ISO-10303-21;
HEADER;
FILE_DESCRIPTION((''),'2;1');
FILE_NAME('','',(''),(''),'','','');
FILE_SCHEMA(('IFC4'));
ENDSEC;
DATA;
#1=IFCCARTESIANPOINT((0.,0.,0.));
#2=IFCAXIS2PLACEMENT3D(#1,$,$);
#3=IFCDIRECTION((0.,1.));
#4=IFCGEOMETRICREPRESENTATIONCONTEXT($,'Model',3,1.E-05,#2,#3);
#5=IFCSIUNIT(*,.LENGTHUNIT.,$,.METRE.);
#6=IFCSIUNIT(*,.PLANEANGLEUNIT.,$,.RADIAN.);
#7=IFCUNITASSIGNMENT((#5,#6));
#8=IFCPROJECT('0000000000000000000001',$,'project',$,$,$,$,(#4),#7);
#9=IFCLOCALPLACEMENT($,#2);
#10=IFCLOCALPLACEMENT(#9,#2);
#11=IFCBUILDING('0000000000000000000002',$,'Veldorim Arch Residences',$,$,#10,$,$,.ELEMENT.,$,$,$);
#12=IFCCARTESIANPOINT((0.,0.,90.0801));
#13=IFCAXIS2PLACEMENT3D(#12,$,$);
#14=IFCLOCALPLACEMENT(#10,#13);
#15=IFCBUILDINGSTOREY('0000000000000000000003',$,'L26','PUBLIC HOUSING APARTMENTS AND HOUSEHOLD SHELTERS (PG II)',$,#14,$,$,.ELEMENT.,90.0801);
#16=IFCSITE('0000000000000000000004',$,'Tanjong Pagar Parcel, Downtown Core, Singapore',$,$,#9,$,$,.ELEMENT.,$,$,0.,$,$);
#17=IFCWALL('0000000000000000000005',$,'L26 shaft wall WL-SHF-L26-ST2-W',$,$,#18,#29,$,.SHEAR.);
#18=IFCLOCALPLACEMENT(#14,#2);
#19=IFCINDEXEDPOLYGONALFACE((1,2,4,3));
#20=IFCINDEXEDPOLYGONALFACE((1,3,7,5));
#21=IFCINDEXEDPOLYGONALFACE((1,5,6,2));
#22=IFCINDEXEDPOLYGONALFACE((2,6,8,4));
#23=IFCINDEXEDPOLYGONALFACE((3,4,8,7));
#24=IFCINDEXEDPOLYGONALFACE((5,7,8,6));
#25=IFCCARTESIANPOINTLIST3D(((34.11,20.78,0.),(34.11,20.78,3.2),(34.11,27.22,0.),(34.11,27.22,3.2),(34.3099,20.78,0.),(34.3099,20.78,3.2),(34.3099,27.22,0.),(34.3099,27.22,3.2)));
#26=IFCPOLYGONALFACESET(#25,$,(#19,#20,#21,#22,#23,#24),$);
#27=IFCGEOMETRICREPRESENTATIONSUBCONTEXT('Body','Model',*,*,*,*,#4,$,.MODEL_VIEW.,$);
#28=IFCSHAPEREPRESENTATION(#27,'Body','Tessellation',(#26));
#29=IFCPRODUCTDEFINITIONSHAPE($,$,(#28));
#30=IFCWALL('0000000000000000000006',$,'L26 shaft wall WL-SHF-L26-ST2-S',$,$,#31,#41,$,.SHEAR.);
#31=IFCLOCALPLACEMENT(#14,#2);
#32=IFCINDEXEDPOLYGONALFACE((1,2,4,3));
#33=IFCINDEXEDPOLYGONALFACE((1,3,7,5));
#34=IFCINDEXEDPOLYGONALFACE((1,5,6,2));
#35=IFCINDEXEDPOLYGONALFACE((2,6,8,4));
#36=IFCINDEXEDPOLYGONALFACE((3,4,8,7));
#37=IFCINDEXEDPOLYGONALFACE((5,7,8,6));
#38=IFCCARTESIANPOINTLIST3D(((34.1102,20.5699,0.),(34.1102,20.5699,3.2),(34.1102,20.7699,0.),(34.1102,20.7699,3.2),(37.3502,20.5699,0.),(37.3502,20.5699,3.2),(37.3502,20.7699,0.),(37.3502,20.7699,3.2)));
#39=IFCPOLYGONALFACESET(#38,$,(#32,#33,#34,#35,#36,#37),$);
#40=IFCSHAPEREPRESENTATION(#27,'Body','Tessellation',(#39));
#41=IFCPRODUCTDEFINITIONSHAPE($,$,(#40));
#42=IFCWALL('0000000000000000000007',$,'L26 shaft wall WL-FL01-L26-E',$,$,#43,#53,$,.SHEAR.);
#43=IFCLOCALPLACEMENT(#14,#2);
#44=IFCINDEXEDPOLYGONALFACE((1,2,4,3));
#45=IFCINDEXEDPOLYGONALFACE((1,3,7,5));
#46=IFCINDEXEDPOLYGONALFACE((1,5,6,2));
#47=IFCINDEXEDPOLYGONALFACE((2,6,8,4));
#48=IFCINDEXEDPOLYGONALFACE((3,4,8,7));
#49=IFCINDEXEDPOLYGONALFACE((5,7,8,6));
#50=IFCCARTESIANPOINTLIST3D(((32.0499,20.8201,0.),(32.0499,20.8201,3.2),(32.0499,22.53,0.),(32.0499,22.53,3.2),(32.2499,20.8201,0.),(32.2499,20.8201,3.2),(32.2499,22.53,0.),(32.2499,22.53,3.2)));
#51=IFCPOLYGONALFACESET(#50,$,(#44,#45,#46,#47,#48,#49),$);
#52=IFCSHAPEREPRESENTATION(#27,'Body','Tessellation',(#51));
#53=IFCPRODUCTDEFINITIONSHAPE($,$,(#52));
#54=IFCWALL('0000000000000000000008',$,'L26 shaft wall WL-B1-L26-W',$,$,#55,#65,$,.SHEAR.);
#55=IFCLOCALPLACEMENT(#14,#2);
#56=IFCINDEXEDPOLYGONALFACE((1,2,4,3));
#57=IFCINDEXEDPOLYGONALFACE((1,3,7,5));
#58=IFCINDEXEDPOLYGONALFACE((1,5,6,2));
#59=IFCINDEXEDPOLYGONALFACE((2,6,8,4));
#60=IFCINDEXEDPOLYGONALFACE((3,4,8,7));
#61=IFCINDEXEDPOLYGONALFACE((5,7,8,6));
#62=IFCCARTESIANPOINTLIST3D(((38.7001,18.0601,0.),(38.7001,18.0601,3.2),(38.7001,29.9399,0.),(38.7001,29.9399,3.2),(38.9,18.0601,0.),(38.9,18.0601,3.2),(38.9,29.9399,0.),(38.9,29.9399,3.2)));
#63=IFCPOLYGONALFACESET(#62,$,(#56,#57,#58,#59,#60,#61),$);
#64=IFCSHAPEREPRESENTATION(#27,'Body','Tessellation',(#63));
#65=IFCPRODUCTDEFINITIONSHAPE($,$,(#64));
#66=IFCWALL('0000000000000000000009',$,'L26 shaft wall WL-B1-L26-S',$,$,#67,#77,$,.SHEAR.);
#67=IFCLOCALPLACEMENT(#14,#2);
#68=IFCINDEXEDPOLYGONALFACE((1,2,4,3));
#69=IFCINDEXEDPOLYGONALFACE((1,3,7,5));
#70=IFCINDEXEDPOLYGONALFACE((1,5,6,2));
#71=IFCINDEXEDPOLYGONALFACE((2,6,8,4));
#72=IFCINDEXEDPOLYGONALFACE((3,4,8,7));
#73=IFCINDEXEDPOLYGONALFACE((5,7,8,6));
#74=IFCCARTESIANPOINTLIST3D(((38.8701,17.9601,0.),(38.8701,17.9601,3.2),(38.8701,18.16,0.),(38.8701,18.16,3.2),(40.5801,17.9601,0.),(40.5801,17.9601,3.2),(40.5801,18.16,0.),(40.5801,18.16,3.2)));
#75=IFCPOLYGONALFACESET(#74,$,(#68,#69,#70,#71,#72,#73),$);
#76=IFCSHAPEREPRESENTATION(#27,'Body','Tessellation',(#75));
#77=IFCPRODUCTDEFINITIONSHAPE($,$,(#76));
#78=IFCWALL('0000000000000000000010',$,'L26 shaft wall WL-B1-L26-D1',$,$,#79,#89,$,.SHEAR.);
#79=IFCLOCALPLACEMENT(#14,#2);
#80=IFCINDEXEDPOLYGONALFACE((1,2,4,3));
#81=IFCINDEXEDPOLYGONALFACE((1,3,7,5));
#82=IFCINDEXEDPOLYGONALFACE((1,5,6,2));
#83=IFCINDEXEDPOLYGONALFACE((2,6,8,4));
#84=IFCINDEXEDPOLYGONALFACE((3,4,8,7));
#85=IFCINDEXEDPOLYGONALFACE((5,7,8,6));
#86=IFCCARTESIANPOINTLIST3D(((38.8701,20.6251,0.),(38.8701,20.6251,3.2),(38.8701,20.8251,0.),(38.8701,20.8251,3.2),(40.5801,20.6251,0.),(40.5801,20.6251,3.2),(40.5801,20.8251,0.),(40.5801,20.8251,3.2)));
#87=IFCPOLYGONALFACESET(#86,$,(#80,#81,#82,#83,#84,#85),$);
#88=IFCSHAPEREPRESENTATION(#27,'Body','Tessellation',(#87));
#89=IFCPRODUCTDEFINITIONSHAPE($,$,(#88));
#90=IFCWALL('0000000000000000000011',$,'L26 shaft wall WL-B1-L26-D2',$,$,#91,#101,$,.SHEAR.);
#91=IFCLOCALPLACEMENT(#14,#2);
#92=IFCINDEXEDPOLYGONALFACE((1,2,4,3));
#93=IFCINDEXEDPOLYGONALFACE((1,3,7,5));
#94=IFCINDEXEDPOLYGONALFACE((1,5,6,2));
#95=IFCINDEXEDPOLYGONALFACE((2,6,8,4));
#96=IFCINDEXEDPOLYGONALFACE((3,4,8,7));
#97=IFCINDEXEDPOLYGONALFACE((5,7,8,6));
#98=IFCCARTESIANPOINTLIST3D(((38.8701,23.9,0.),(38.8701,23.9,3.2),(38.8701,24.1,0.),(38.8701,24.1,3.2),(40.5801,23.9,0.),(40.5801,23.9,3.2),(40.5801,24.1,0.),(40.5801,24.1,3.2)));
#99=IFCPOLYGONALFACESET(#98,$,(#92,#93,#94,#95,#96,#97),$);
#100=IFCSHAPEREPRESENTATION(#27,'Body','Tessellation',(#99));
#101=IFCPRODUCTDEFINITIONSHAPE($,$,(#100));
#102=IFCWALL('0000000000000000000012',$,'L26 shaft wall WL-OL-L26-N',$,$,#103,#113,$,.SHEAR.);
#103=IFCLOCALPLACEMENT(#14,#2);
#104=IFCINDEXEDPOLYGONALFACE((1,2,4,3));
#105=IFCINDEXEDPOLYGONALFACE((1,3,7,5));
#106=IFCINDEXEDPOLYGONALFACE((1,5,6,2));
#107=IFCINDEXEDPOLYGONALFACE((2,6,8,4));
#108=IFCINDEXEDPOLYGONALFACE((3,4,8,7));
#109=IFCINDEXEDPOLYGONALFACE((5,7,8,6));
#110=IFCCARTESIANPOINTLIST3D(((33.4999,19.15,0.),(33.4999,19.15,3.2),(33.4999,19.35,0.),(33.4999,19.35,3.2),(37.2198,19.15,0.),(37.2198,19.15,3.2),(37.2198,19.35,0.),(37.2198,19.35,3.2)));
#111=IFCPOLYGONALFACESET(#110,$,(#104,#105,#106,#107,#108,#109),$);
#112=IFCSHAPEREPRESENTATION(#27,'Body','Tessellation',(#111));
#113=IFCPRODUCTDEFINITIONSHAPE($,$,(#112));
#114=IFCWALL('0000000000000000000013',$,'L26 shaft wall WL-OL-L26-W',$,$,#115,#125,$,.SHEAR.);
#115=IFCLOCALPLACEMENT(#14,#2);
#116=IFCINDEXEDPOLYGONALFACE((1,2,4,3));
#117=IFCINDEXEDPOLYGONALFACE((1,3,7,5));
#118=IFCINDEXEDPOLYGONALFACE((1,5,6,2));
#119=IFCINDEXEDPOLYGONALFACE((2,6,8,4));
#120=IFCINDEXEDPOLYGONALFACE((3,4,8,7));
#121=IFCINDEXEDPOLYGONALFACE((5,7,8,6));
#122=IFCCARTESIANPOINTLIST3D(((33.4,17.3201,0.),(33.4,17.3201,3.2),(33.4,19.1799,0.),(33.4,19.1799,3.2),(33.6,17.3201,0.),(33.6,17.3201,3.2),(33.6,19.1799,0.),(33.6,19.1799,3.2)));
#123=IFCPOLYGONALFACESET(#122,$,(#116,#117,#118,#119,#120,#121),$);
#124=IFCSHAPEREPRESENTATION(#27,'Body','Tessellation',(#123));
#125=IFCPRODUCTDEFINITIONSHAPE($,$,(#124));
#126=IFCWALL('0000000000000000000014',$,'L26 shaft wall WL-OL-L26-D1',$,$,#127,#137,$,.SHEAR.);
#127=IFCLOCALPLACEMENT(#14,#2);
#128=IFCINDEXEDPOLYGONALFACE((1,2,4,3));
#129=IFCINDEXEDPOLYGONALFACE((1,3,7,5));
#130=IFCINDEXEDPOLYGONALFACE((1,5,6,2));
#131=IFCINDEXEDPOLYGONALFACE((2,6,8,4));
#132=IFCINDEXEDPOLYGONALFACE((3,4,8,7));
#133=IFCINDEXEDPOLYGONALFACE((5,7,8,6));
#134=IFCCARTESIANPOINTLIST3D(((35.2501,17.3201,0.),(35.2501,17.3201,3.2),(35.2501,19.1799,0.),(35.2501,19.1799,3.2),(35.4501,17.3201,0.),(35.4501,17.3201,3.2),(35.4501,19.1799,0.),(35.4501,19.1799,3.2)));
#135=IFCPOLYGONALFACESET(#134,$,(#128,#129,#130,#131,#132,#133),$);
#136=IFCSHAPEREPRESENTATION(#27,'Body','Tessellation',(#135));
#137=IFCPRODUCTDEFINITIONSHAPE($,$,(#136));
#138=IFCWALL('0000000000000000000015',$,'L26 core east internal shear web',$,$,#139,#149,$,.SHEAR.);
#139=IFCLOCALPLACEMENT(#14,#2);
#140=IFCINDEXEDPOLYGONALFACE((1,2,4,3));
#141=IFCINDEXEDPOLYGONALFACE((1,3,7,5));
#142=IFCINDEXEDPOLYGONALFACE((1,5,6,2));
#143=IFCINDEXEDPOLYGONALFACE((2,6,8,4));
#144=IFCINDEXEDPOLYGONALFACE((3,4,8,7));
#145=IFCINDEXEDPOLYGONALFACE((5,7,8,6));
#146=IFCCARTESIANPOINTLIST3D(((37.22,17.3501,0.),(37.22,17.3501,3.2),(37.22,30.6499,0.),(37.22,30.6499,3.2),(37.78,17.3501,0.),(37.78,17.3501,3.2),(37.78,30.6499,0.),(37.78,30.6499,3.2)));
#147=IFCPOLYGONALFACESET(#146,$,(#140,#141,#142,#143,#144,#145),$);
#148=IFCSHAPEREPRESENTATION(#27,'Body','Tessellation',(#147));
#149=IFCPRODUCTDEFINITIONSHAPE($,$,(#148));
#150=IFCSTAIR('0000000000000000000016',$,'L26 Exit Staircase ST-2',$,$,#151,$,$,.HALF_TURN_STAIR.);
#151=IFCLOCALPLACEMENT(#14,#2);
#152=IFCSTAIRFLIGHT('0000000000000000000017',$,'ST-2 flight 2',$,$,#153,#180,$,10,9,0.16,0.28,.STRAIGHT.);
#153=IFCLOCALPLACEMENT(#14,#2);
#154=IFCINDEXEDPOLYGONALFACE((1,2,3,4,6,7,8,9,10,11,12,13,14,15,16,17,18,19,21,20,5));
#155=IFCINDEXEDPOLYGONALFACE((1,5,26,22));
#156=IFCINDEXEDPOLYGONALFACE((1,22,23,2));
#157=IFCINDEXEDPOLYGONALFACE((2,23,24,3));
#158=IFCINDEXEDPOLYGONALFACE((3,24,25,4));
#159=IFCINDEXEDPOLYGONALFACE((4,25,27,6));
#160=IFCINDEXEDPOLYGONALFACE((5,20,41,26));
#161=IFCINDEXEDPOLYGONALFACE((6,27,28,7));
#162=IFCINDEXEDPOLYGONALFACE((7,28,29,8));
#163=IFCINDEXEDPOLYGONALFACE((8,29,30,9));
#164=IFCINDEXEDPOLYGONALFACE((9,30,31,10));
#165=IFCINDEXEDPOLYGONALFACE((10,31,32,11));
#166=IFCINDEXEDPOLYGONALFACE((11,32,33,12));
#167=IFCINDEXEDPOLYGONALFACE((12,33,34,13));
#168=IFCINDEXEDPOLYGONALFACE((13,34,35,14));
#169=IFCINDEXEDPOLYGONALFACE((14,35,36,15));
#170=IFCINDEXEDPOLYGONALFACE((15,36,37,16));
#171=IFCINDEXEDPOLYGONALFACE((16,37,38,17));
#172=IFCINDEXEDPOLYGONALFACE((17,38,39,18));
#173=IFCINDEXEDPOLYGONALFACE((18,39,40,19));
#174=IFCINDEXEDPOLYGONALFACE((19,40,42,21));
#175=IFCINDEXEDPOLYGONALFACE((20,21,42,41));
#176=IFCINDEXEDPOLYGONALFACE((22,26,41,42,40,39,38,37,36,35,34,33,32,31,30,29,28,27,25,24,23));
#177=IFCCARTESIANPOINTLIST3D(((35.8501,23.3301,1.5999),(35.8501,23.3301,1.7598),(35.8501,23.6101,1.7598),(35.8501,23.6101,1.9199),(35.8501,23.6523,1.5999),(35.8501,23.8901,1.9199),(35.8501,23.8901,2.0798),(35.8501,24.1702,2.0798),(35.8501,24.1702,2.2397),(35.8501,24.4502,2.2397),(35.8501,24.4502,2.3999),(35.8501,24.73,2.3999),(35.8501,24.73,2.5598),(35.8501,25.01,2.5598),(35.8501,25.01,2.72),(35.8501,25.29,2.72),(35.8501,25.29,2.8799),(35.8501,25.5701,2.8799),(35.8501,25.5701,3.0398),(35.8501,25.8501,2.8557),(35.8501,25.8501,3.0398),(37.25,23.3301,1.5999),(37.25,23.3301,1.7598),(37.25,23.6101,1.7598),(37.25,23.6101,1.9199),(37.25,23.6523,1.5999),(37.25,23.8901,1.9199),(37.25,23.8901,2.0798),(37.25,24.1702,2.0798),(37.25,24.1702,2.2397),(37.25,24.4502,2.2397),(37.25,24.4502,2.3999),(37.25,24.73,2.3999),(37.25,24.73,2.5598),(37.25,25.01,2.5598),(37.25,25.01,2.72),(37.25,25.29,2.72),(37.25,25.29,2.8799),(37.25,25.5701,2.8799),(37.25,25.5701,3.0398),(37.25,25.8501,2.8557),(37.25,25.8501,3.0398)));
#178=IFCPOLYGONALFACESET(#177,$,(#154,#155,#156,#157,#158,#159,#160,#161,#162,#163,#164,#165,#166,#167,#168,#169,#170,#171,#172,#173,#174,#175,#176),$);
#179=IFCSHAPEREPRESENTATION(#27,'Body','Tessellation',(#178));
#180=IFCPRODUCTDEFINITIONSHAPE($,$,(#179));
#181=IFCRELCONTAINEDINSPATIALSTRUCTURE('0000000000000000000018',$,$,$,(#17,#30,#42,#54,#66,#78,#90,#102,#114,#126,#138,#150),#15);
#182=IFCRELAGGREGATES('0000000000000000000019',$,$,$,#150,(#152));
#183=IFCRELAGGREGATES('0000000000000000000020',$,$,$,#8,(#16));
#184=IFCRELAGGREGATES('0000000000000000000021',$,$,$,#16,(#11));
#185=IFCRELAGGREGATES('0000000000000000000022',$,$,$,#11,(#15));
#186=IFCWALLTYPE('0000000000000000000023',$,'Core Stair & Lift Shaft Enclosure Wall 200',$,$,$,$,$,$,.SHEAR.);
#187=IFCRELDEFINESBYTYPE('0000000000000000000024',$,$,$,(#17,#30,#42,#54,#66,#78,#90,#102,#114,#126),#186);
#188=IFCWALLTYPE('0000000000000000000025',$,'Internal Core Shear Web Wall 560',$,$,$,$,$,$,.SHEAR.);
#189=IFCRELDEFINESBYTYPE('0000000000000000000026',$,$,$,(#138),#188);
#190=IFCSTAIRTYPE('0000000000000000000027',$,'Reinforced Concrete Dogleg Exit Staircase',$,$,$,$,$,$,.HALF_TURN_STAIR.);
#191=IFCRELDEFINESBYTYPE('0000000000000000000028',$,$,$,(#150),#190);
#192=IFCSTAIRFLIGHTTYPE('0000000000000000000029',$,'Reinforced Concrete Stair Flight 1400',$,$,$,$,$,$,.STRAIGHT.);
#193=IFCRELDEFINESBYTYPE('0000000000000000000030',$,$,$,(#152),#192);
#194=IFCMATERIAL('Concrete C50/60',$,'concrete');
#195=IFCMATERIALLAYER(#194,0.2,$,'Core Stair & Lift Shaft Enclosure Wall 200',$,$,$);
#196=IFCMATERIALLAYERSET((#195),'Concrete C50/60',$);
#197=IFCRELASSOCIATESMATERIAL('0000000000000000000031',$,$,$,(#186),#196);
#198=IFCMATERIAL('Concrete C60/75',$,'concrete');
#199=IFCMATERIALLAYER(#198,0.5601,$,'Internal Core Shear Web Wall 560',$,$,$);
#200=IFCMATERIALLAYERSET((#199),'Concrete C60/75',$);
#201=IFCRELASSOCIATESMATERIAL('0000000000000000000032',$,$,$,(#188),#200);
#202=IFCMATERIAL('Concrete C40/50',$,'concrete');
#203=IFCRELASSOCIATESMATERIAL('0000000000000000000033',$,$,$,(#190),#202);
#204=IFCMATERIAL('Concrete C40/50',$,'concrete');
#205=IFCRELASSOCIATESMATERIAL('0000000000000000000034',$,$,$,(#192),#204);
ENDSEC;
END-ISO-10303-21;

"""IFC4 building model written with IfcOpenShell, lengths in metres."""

from ifc_helpers import new_model, si_unit, direction, frame, frame_2d, origin, place, context, subcontext, project, spatial, polyline, rectangle, outline, extrude, material, layer, layer_set, type_object, element, aggregate, save


model = new_model("IFC4")

# Units and contexts
model_context = context("Model", 3, precision=1e-05, world=origin(), true_north=direction((0.0, 1.0)))
body_context = subcontext(model_context, "Body", "Model", "MODEL_VIEW")
ifc_project = project(units=[si_unit("LENGTHUNIT", "METRE"), si_unit("PLANEANGLEUNIT", "RADIAN")], contexts=[model_context])

# Site, building, storey
site_placement = place(None, origin())
site = spatial("IfcSite", under=ifc_project, at=site_placement, Name="Tanjong Pagar Parcel, Downtown Core, Singapore", CompositionType="ELEMENT", RefElevation=0.0)
building_placement = place(site_placement, origin())
building = spatial("IfcBuilding", under=site, at=building_placement, Name="Veldorim Arch Residences", CompositionType="ELEMENT")
storey_placement = place(building_placement, frame((0.0, 0.0, 90.0801)))
storey = spatial("IfcBuildingStorey", under=building, at=storey_placement, Name="L26", Description="PUBLIC HOUSING APARTMENTS AND HOUSEHOLD SHELTERS (PG II)", CompositionType="ELEMENT", Elevation=90.0801)

# Walls
ifc_material_1 = material(Name="Concrete C50/60", Category="concrete")
ifc_layer_1 = layer(ifc_material_1, 0.2, Name="Core Stair & Lift Shaft Enclosure Wall 200")
ifc_layer_set_1 = layer_set([ifc_layer_1], Name="Concrete C50/60")
wall_type_1 = type_object("IfcWallType", Name="Core Stair & Lift Shaft Enclosure Wall 200", PredefinedType="SHEAR", material=ifc_layer_set_1)
wall_1_placement = place(storey_placement, frame((34.21, 20.78, 0.0), z_axis=(0.0, 0.0, 1.0), x_axis=(0.0, 1.0, 0.0)))
element("IfcWall", 1, at=wall_1_placement, inside=storey, type_object=wall_type_1, Name="L26 shaft wall WL-SHF-L26-ST2-W", PredefinedType="SHEAR", context=body_context, shape_type="SweptSolid", body=[
    extrude(rectangle(XDim=6.4399, YDim=0.2, at=frame_2d((3.22, 0.0))), origin(), (0.0, 0.0, 1.0), 3.2),
])
wall_2_placement = place(storey_placement, frame((34.1101, 20.6699, 0.0), z_axis=(0.0, 0.0, 1.0), x_axis=(1.0, 0.0, 0.0)))
element("IfcWall", 2, at=wall_2_placement, inside=storey, type_object=wall_type_1, Name="L26 shaft wall WL-SHF-L26-ST2-S", PredefinedType="SHEAR", context=body_context, shape_type="SweptSolid", body=[
    extrude(rectangle(XDim=3.24, YDim=0.2, at=frame_2d((1.6201, 0.0))), origin(), (0.0, 0.0, 1.0), 3.2),
])
wall_3_placement = place(storey_placement, frame((32.1499, 20.8201, 0.0), z_axis=(0.0, 0.0, 1.0), x_axis=(0.0, 1.0, 0.0)))
element("IfcWall", 3, at=wall_3_placement, inside=storey, type_object=wall_type_1, Name="L26 shaft wall WL-FL01-L26-E", PredefinedType="SHEAR", context=body_context, shape_type="SweptSolid", body=[
    extrude(rectangle(XDim=1.71, YDim=0.2, at=frame_2d((0.855, 0.0))), origin(), (0.0, 0.0, 1.0), 3.2),
])
wall_4_placement = place(storey_placement, frame((38.8, 18.0601, 0.0), z_axis=(0.0, 0.0, 1.0), x_axis=(0.0, 1.0, 0.0)))
element("IfcWall", 4, at=wall_4_placement, inside=storey, type_object=wall_type_1, Name="L26 shaft wall WL-B1-L26-W", PredefinedType="SHEAR", context=body_context, shape_type="SweptSolid", body=[
    extrude(rectangle(XDim=11.8799, YDim=0.2, at=frame_2d((5.9399, 0.0))), origin(), (0.0, 0.0, 1.0), 3.2),
])
for number, where, z_axis, x_axis, name in (
    (5, (38.8701, 18.0601, 0.0), (0.0, 0.0, 1.0), (1.0, 0.0, 0.0), "L26 shaft wall WL-B1-L26-S"),
    (6, (38.8701, 20.7251, 0.0), (0.0, 0.0, 1.0), (1.0, 0.0, 0.0), "L26 shaft wall WL-B1-L26-D1"),
    (7, (38.8701, 24.0, 0.0), (0.0, 0.0, 1.0), (1.0, 0.0, 0.0), "L26 shaft wall WL-B1-L26-D2"),
):
    element("IfcWall", number, at=place(storey_placement, frame(where, z_axis=z_axis, x_axis=x_axis)), inside=storey, type_object=wall_type_1, Name=name, PredefinedType="SHEAR", context=body_context, shape_type="SweptSolid", body=[
        extrude(rectangle(XDim=1.71, YDim=0.2, at=frame_2d((0.855, 0.0))), origin(), (0.0, 0.0, 1.0), 3.2),
    ])
wall_5_placement = place(storey_placement, frame((33.5, 19.25, 0.0), z_axis=(0.0, 0.0, 1.0), x_axis=(1.0, 0.0, 0.0)))
element("IfcWall", 8, at=wall_5_placement, inside=storey, type_object=wall_type_1, Name="L26 shaft wall WL-OL-L26-N", PredefinedType="SHEAR", context=body_context, shape_type="SweptSolid", body=[
    extrude(rectangle(XDim=3.72, YDim=0.2, at=frame_2d((1.8599, 0.0))), origin(), (0.0, 0.0, 1.0), 3.2),
])
for number, where, z_axis, x_axis, name in (
    (9, (33.5, 17.3201, 0.0), (0.0, 0.0, 1.0), (0.0, 1.0, 0.0), "L26 shaft wall WL-OL-L26-W"),
    (10, (35.3501, 17.3201, 0.0), (0.0, 0.0, 1.0), (0.0, 1.0, 0.0), "L26 shaft wall WL-OL-L26-D1"),
):
    element("IfcWall", number, at=place(storey_placement, frame(where, z_axis=z_axis, x_axis=x_axis)), inside=storey, type_object=wall_type_1, Name=name, PredefinedType="SHEAR", context=body_context, shape_type="SweptSolid", body=[
        extrude(rectangle(XDim=1.8599, YDim=0.2, at=frame_2d((0.9299, 0.0))), origin(), (0.0, 0.0, 1.0), 3.2),
    ])
ifc_material_2 = material(Name="Concrete C60/75", Category="concrete")
ifc_layer_2 = layer(ifc_material_2, 0.5601, Name="Internal Core Shear Web Wall 560")
ifc_layer_set_2 = layer_set([ifc_layer_2], Name="Concrete C60/75")
wall_type_2 = type_object("IfcWallType", Name="Internal Core Shear Web Wall 560", PredefinedType="SHEAR", material=ifc_layer_set_2)
wall_6_placement = place(storey_placement, frame((37.5, 17.3501, 0.0), z_axis=(0.0, 0.0, 1.0), x_axis=(0.0, 1.0, 0.0)))
element("IfcWall", 11, at=wall_6_placement, inside=storey, type_object=wall_type_2, Name="L26 core east internal shear web", PredefinedType="SHEAR", context=body_context, shape_type="SweptSolid", body=[
    extrude(rectangle(XDim=13.2998, YDim=0.5601, at=frame_2d((6.6499, 0.0))), origin(), (0.0, 0.0, 1.0), 3.2),
])

# Stair, stair flight
ifc_material_3 = material(Name="Concrete C40/50", Category="concrete")
stair_type = type_object("IfcStairType", Name="Reinforced Concrete Dogleg Exit Staircase", PredefinedType="HALF_TURN_STAIR", material=ifc_material_3)
stair_placement = place(storey_placement, origin())
stair = element("IfcStair", 12, at=stair_placement, inside=storey, type_object=stair_type, Name="L26 Exit Staircase ST-2", PredefinedType="HALF_TURN_STAIR")
ifc_material_4 = material(Name="Concrete C40/50", Category="concrete")
stair_flight_type = type_object("IfcStairFlightType", Name="Reinforced Concrete Stair Flight 1400", PredefinedType="STRAIGHT", material=ifc_material_4)
stair_flight_placement = place(storey_placement, frame((36.55, 23.3301, 1.5999), z_axis=(0.0, 0.0, 1.0), x_axis=(0.0, 1.0, 0.0)))
stair_flight = element("IfcStairFlight", 13, at=stair_flight_placement, type_object=stair_flight_type, Name="ST-2 flight 2", NumberOfRisers=10, NumberOfTreads=9, PredefinedType="STRAIGHT", RiserHeight=0.16, TreadLength=0.28, context=body_context, shape_type="SweptSolid", body=[
    extrude(outline(polyline([(0.0, 0.0), (0.0, 0.1599), (0.28, 0.1599), (0.28, 0.3201), (0.5601, 0.3201), (0.5601, 0.48), (0.8401, 0.48), (0.8401, 0.6399), (1.1201, 0.6399), (1.1201, 0.8), (1.3999, 0.8), (1.3999, 0.96), (1.6799, 0.96), (1.6799, 1.1201), (1.96, 1.1201), (1.96, 1.28), (2.24, 1.28), (2.24, 1.4399), (2.52, 1.4399), (2.52, 1.6001), (2.52, 1.2559), (0.3223, 0.0), (0.0, 0.0)])), frame((0.0, 0.7, 0.0), z_axis=(0.0, -1.0, 0.0), x_axis=(1.0, 0.0, 0.0)), (0.0, 0.0, 1.0), 1.3999),
])
aggregate(stair, [stair_flight])

save(model, "model.ifc")
